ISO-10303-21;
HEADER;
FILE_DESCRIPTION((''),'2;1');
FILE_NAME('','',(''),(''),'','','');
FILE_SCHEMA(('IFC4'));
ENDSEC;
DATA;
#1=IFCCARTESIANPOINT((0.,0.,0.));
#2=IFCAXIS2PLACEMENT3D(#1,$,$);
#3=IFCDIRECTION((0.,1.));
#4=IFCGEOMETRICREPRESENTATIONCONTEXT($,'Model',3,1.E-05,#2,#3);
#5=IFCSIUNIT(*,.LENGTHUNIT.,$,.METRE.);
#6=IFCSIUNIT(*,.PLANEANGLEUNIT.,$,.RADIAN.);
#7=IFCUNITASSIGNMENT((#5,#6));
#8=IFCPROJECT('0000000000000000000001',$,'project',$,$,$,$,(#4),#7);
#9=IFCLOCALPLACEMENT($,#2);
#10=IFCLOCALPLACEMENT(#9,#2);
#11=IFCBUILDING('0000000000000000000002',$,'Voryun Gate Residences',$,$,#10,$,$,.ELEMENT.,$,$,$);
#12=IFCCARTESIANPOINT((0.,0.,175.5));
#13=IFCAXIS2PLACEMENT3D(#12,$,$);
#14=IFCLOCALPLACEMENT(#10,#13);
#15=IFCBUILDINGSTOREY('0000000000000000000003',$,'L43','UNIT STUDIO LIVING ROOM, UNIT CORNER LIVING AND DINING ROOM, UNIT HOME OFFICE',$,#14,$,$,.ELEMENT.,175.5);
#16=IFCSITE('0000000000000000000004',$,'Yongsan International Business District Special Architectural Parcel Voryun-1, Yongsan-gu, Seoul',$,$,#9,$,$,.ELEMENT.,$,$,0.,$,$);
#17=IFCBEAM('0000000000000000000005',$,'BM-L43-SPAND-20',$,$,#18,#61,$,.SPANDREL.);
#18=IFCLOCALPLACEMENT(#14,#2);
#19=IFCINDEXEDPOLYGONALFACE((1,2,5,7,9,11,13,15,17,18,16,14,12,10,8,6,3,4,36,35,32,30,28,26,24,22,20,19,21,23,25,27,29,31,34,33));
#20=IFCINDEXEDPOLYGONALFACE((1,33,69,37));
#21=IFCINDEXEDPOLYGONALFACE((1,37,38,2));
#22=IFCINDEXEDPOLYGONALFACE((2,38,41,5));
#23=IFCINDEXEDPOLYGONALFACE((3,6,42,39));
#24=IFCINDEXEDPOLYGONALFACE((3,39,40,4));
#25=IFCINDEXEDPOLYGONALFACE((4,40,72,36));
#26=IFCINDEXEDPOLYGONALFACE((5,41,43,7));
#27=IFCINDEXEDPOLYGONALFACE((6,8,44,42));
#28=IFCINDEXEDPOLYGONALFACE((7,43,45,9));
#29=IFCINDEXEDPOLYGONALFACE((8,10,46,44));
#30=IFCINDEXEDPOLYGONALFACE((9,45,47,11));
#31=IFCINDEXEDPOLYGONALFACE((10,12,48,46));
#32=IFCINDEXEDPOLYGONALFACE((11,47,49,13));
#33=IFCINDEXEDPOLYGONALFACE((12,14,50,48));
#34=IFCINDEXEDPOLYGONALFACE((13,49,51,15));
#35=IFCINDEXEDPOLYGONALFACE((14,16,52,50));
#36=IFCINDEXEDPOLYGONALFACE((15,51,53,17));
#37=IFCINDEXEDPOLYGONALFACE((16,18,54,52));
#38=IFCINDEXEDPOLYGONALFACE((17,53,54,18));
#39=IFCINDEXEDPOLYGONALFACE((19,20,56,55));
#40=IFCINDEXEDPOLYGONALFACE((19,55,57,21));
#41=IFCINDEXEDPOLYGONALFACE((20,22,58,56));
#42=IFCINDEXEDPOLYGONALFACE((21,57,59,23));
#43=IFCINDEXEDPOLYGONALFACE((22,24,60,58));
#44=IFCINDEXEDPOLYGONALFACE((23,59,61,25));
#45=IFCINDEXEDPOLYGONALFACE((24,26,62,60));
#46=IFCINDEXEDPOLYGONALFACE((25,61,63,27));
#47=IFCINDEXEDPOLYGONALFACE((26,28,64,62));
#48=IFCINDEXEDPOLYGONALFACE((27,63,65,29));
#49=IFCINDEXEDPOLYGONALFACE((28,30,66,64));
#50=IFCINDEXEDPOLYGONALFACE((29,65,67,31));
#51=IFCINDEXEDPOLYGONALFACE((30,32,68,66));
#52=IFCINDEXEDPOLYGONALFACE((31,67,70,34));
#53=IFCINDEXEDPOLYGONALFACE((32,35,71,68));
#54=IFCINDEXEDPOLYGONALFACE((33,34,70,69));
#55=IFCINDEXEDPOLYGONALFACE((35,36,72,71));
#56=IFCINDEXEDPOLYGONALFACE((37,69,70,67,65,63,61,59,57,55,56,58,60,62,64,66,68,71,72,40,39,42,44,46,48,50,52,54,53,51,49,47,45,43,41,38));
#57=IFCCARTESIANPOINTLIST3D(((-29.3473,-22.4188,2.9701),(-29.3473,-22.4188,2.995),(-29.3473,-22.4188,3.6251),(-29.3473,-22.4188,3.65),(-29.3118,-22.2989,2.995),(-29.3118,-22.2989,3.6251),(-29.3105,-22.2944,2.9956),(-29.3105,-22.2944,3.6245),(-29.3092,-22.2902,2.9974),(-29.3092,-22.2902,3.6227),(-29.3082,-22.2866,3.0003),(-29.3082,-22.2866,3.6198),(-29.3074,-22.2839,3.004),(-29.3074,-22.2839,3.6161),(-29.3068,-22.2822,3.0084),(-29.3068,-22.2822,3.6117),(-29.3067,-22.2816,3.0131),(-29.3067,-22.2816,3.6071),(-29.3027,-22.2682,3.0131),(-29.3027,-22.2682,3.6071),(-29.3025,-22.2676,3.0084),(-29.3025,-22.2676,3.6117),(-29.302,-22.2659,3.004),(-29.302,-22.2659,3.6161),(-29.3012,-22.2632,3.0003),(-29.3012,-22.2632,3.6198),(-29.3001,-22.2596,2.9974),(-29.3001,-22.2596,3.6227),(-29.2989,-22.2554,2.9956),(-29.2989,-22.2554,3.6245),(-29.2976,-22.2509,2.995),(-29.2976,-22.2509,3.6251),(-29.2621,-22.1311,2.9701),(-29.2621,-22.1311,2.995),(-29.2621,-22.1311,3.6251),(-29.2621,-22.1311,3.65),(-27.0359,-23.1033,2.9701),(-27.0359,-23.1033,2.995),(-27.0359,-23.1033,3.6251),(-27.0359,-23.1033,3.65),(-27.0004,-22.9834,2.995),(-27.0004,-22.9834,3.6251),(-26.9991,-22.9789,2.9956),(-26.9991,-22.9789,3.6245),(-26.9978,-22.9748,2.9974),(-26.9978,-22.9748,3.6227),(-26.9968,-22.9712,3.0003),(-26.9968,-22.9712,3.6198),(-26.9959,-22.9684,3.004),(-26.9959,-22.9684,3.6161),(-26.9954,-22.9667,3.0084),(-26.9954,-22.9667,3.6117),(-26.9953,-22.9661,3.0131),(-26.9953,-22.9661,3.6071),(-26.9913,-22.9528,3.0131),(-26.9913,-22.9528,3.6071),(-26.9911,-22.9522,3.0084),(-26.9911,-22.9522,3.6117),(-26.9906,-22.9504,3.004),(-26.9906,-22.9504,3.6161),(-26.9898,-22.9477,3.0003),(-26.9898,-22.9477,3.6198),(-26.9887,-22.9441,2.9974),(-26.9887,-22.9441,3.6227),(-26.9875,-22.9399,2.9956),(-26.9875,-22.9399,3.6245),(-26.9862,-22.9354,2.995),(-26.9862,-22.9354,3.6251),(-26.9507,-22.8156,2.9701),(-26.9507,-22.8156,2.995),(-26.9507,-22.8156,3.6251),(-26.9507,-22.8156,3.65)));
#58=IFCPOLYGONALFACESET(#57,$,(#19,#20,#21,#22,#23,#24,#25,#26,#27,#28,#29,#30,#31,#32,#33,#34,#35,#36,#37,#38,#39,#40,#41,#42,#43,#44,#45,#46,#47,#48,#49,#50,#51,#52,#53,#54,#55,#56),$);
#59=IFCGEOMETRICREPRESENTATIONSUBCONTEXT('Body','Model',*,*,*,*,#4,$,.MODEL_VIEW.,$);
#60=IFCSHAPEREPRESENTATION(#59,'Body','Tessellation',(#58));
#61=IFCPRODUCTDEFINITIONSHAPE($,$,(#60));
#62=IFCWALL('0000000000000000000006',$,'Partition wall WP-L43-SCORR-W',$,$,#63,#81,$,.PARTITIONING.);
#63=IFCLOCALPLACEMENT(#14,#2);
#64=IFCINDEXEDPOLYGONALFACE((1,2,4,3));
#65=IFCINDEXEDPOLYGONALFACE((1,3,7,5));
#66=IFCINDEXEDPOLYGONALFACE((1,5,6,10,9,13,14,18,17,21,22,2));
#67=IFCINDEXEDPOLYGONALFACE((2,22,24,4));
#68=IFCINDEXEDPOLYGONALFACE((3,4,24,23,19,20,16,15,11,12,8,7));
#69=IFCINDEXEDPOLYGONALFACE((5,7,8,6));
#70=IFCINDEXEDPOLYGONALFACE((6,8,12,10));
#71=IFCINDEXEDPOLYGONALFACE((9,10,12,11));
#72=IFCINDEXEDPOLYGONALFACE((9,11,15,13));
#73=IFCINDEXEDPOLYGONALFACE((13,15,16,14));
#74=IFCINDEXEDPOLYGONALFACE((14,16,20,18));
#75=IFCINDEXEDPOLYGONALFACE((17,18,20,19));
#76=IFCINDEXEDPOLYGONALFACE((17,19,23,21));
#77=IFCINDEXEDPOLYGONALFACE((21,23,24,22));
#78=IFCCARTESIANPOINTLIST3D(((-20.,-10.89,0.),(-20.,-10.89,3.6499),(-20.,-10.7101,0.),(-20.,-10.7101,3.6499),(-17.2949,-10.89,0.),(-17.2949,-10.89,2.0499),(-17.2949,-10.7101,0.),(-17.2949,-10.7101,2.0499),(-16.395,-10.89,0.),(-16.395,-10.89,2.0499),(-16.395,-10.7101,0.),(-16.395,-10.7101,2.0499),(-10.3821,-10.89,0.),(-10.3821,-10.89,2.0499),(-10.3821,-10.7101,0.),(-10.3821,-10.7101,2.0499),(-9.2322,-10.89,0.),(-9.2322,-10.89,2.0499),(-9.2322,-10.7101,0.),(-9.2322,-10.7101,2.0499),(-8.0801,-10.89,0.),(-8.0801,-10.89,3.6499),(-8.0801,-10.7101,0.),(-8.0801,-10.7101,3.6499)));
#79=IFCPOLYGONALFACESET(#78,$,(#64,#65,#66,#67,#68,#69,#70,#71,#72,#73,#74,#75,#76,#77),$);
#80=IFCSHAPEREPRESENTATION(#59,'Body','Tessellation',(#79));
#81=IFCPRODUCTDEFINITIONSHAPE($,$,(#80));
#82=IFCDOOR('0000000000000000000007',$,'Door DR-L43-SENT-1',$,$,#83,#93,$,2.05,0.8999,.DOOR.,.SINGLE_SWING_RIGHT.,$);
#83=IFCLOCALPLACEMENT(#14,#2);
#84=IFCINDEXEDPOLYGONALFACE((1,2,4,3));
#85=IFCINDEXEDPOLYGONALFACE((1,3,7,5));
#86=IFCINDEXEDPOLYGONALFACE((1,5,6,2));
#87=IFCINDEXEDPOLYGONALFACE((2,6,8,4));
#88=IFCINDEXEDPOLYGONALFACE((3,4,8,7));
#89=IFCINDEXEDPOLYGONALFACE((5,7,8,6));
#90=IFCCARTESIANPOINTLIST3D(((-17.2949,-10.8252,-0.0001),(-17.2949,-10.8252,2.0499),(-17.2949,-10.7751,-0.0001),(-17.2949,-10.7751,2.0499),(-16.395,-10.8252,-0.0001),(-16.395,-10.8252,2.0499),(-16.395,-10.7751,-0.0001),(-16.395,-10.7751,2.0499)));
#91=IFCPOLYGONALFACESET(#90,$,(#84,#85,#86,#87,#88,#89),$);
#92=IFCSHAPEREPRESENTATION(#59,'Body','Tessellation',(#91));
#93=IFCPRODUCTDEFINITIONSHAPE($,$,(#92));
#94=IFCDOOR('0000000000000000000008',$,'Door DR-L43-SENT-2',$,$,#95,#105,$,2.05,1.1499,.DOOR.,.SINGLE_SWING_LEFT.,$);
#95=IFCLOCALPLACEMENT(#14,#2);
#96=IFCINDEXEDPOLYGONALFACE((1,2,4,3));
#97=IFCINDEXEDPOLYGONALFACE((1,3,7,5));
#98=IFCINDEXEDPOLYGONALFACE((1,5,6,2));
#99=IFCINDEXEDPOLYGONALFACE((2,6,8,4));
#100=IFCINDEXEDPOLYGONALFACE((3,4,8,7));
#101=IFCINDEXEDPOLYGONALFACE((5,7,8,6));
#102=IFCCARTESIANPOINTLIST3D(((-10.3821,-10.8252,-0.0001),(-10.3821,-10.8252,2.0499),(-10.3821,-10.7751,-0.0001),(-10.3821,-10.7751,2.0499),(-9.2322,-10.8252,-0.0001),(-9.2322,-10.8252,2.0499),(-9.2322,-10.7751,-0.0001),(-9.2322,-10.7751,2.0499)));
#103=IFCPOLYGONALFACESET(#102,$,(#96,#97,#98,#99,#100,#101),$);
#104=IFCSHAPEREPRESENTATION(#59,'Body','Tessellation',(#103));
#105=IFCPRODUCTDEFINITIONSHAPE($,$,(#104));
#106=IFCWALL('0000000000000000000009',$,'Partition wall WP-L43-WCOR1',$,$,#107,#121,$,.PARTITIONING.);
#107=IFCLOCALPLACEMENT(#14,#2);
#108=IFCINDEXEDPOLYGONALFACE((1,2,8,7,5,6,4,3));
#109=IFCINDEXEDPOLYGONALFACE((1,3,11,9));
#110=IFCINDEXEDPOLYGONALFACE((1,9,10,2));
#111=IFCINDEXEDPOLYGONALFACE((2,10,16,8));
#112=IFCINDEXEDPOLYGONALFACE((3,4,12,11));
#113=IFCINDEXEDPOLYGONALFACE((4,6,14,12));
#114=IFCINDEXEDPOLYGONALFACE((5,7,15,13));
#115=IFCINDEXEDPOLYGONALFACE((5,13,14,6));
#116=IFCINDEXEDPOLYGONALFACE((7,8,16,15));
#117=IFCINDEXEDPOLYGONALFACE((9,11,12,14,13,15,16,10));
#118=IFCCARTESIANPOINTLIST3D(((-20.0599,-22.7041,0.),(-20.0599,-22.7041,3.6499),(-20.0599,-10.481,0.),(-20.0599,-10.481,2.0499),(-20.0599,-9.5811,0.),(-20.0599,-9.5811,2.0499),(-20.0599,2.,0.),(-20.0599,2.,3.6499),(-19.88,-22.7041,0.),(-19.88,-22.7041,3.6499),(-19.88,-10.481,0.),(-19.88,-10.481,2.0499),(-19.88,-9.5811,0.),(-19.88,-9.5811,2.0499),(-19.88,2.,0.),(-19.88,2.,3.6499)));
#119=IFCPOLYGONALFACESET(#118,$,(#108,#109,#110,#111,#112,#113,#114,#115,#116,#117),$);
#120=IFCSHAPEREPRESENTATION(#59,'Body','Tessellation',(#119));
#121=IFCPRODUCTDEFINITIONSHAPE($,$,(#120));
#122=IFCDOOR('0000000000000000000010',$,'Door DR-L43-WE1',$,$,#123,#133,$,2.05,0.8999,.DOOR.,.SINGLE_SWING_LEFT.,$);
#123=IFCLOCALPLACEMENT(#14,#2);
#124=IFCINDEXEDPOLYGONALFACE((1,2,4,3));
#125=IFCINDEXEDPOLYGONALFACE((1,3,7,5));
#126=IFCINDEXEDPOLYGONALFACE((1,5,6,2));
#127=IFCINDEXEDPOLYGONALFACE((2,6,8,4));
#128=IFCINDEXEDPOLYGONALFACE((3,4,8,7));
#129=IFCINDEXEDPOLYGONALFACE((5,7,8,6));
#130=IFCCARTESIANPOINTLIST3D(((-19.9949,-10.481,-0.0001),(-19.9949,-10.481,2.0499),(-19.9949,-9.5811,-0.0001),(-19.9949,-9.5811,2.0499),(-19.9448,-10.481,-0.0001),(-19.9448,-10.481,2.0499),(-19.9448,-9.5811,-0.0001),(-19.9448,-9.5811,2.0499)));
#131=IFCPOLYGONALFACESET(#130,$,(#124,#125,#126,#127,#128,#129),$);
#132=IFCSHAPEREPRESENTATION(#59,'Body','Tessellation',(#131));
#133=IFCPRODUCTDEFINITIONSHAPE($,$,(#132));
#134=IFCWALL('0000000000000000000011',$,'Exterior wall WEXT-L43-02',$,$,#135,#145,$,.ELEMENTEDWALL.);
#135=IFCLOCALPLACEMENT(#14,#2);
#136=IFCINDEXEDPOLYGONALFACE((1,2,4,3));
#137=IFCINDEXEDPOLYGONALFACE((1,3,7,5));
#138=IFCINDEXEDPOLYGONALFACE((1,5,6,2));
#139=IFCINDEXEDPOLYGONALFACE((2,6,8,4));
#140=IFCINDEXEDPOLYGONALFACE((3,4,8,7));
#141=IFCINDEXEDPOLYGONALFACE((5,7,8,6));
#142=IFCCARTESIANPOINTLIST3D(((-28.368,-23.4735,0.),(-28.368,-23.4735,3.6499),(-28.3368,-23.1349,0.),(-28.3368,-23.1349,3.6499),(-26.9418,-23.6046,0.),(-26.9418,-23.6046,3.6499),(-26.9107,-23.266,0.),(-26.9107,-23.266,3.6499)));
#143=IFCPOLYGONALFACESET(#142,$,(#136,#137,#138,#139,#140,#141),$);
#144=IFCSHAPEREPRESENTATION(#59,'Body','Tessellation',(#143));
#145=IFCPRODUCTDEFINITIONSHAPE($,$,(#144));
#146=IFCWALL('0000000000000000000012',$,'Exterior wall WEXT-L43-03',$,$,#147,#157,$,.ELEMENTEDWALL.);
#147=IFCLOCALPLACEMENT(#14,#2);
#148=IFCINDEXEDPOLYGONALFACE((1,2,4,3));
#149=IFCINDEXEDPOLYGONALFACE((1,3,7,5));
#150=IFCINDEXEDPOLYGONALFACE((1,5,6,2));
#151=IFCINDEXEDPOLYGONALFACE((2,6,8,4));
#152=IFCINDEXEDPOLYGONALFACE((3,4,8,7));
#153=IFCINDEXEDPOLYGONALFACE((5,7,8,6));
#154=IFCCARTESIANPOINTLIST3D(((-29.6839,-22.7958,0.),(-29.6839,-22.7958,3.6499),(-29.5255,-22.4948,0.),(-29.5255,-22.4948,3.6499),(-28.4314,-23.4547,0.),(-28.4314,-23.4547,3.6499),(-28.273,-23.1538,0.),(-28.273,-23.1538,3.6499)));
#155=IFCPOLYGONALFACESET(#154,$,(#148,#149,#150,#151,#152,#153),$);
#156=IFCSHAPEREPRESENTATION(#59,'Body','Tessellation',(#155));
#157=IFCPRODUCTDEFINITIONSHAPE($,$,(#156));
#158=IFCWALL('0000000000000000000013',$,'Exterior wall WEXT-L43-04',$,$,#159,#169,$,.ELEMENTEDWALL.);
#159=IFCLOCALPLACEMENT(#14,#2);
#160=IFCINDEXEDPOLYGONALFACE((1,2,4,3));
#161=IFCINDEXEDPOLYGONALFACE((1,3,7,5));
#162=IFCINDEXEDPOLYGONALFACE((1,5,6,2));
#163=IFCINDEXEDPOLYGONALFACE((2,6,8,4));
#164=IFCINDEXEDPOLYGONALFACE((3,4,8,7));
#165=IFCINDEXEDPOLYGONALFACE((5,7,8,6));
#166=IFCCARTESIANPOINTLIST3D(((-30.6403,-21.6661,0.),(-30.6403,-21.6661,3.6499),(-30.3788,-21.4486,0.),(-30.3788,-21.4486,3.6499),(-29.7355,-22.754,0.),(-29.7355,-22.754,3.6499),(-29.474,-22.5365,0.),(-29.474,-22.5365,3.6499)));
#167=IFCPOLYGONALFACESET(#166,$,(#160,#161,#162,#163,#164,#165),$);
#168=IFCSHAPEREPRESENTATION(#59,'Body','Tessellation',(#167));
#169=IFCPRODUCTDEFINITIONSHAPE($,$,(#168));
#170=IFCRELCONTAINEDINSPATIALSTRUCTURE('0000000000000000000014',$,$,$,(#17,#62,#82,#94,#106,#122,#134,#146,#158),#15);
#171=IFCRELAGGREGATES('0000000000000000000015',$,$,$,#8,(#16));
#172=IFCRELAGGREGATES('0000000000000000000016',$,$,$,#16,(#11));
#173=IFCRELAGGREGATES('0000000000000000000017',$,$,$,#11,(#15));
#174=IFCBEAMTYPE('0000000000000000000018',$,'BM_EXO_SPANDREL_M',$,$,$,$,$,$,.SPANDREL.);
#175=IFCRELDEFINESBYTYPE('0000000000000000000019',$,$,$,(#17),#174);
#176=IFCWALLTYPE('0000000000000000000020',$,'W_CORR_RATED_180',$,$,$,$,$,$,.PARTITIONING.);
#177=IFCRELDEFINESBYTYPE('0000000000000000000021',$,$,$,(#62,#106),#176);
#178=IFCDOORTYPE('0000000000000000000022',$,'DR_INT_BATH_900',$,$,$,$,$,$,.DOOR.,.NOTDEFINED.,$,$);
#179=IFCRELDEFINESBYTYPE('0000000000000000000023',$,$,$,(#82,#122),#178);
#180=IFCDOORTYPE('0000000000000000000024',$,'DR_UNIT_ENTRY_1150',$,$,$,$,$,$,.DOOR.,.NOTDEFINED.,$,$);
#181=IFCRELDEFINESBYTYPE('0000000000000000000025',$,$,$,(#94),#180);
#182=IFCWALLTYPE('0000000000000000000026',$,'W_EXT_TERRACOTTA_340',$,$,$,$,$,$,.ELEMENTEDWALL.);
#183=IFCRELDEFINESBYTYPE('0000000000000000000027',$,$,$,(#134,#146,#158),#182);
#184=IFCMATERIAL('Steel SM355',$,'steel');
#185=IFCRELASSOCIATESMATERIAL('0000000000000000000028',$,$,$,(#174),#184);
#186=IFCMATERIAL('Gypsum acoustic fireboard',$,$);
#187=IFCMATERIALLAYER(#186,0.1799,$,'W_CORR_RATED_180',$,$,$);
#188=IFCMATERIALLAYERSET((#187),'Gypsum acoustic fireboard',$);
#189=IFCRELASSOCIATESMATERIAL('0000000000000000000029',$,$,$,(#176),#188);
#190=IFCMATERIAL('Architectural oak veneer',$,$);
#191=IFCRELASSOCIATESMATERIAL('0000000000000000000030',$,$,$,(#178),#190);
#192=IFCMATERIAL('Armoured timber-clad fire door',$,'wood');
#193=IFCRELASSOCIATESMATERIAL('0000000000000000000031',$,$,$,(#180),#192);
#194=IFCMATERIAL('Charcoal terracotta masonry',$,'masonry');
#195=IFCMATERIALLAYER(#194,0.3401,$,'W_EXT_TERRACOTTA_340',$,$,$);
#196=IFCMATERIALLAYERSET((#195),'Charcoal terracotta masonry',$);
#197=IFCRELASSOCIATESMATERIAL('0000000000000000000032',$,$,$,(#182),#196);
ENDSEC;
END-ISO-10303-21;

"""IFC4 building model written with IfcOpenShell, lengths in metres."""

from ifc_helpers import new_model, si_unit, direction, frame, frame_2d, origin, origin_2d, place, context, subcontext, project, spatial, rectangle, i_section, extrude, material, layer, layer_set, material_profile, profile_set, type_object, element, fill, save


model = new_model("IFC4")

# Units and contexts
model_context = context("Model", 3, precision=1e-05, world=origin(), true_north=direction((0.0, 1.0)))
body_context = subcontext(model_context, "Body", "Model", "MODEL_VIEW")
ifc_project = project(units=[si_unit("LENGTHUNIT", "METRE"), si_unit("PLANEANGLEUNIT", "RADIAN")], contexts=[model_context])

# Site, building, storey
site_placement = place(None, origin())
site = spatial("IfcSite", under=ifc_project, at=site_placement, Name="Yongsan International Business District Special Architectural Parcel Voryun-1, Yongsan-gu, Seoul", CompositionType="ELEMENT", RefElevation=0.0)
building_placement = place(site_placement, origin())
building = spatial("IfcBuilding", under=site, at=building_placement, Name="Voryun Gate Residences", CompositionType="ELEMENT")
storey_placement = place(building_placement, frame((0.0, 0.0, 175.5)))
storey = spatial("IfcBuildingStorey", under=building, at=storey_placement, Name="L43", Description="UNIT STUDIO LIVING ROOM, UNIT CORNER LIVING AND DINING ROOM, UNIT HOME OFFICE", CompositionType="ELEMENT", Elevation=175.5)

# Beam
ifc_material_1 = material(Name="Steel SM355", Category="steel")
ifc_material_profile_1 = material_profile(ifc_material_1, i_section(OverallWidth=0.3, OverallDepth=0.6799, WebThickness=0.0139, FlangeThickness=0.0249, FilletRadius=0.0181, at=origin_2d()), Name="H-680x300x14x25")
ifc_profile_set_1 = profile_set([ifc_material_profile_1], Name="Steel SM355")
beam_type = type_object("IfcBeamType", Name="BM_EXO_SPANDREL_M", PredefinedType="SPANDREL", material=ifc_profile_set_1)
beam_1_placement = place(storey_placement, frame((-29.3047, -22.2749, 3.3101), z_axis=(0.958835, -0.283964, 0.0), x_axis=(0.283964, 0.958835, 0.0)))
element("IfcBeam", 1, at=beam_1_placement, inside=storey, type_object=beam_type, Name="BM-L43-SPAND-20", PredefinedType="SPANDREL", context=body_context, shape_type="SweptSolid", body=[
    extrude(i_section(OverallWidth=0.3, OverallDepth=0.6799, WebThickness=0.0139, FlangeThickness=0.0249, FilletRadius=0.0181, at=origin_2d()), origin(), (0.0, 0.0, 1.0), 2.4106),
])

# Wall, openings, doors
ifc_material_2 = material(Name="Gypsum acoustic fireboard")
ifc_layer_1 = layer(ifc_material_2, 0.1799, Name="W_CORR_RATED_180")
ifc_layer_set_1 = layer_set([ifc_layer_1], Name="Gypsum acoustic fireboard")
wall_type_1 = type_object("IfcWallType", Name="W_CORR_RATED_180", PredefinedType="PARTITIONING", material=ifc_layer_set_1)
wall_1_placement = place(storey_placement, frame((-20.0, -10.8, 0.0), z_axis=(0.0, 0.0, 1.0), x_axis=(1.0, 0.0, 0.0)))
wall_1 = element("IfcWall", 2, at=wall_1_placement, inside=storey, type_object=wall_type_1, Name="Partition wall WP-L43-SCORR-W", PredefinedType="PARTITIONING", context=body_context, shape_type="SweptSolid", body=[
    extrude(rectangle(XDim=11.9199, YDim=0.1799, at=frame_2d((5.96, 0.0))), origin(), (0.0, 0.0, 1.0), 3.6499),
])
opening_1_placement = place(wall_1_placement, frame((2.7051, 0.0, 0.0)))
opening_1 = element("IfcOpeningElement", 3, at=opening_1_placement, cuts=wall_1, PredefinedType="OPENING", context=body_context, shape_type="SweptSolid", body=[
    extrude(rectangle(XDim=0.8999, YDim=2.05, at=frame_2d((0.45, 1.0249))), frame((0.0, 0.0999, 0.0), z_axis=(0.0, -1.0, 0.0), x_axis=(1.0, 0.0, 0.0)), (0.0, 0.0, 1.0), 0.2),
])
opening_2_placement = place(wall_1_placement, frame((9.6179, 0.0, 0.0)))
opening_2 = element("IfcOpeningElement", 4, at=opening_2_placement, cuts=wall_1, PredefinedType="OPENING", context=body_context, shape_type="SweptSolid", body=[
    extrude(rectangle(XDim=1.1499, YDim=2.05, at=frame_2d((0.575, 1.0249))), frame((0.0, 0.0999, 0.0), z_axis=(0.0, -1.0, 0.0), x_axis=(1.0, 0.0, 0.0)), (0.0, 0.0, 1.0), 0.2),
])
ifc_material_3 = material(Name="Architectural oak veneer")
door_type_1 = type_object("IfcDoorType", Name="DR_INT_BATH_900", OperationType="NOTDEFINED", PredefinedType="DOOR", material=ifc_material_3)
door_1_placement = place(opening_1_placement, origin())
door_1 = element("IfcDoor", 5, at=door_1_placement, inside=storey, type_object=door_type_1, Name="Door DR-L43-SENT-1", OperationType="SINGLE_SWING_RIGHT", OverallHeight=2.05, OverallWidth=0.8999, PredefinedType="DOOR", context=body_context, shape_type="SweptSolid", body=[
    extrude(rectangle(XDim=0.8999, YDim=2.05, at=frame_2d((0.45, 1.0249))), frame((0.0, 0.0249, 0.0), z_axis=(0.0, -1.0, 0.0), x_axis=(1.0, 0.0, 0.0)), (0.0, 0.0, 1.0), 0.05),
])
fill(opening_1, door_1)
ifc_material_4 = material(Name="Armoured timber-clad fire door", Category="wood")
door_type_2 = type_object("IfcDoorType", Name="DR_UNIT_ENTRY_1150", OperationType="NOTDEFINED", PredefinedType="DOOR", material=ifc_material_4)
door_2_placement = place(opening_2_placement, origin())
door_2 = element("IfcDoor", 6, at=door_2_placement, inside=storey, type_object=door_type_2, Name="Door DR-L43-SENT-2", OperationType="SINGLE_SWING_LEFT", OverallHeight=2.05, OverallWidth=1.1499, PredefinedType="DOOR", context=body_context, shape_type="SweptSolid", body=[
    extrude(rectangle(XDim=1.1499, YDim=2.05, at=frame_2d((0.575, 1.0249))), frame((0.0, 0.0249, 0.0), z_axis=(0.0, -1.0, 0.0), x_axis=(1.0, 0.0, 0.0)), (0.0, 0.0, 1.0), 0.05),
])
fill(opening_2, door_2)

# Wall, opening, door
wall_2_placement = place(storey_placement, frame((-19.97, -22.7041, 0.0), z_axis=(0.0, 0.0, 1.0), x_axis=(0.0, 1.0, 0.0)))
wall_2 = element("IfcWall", 7, at=wall_2_placement, inside=storey, type_object=wall_type_1, Name="Partition wall WP-L43-WCOR1", PredefinedType="PARTITIONING", context=body_context, shape_type="SweptSolid", body=[
    extrude(rectangle(XDim=24.7041, YDim=0.1799, at=frame_2d((12.3521, 0.0))), origin(), (0.0, 0.0, 1.0), 3.6499),
])
opening_3_placement = place(wall_2_placement, frame((12.2231, 0.0, 0.0)))
opening_3 = element("IfcOpeningElement", 8, at=opening_3_placement, cuts=wall_2, PredefinedType="OPENING", context=body_context, shape_type="SweptSolid", body=[
    extrude(rectangle(XDim=0.8999, YDim=2.05, at=frame_2d((0.45, 1.0249))), frame((0.0, 0.0999, 0.0), z_axis=(0.0, -1.0, 0.0), x_axis=(1.0, 0.0, 0.0)), (0.0, 0.0, 1.0), 0.2),
])
door_3_placement = place(opening_3_placement, origin())
door_3 = element("IfcDoor", 9, at=door_3_placement, inside=storey, type_object=door_type_1, Name="Door DR-L43-WE1", OperationType="SINGLE_SWING_LEFT", OverallHeight=2.05, OverallWidth=0.8999, PredefinedType="DOOR", context=body_context, shape_type="SweptSolid", body=[
    extrude(rectangle(XDim=0.8999, YDim=2.05, at=frame_2d((0.45, 1.0249))), frame((0.0, 0.0249, 0.0), z_axis=(0.0, -1.0, 0.0), x_axis=(1.0, 0.0, 0.0)), (0.0, 0.0, 1.0), 0.05),
])
fill(opening_3, door_3)

# Walls
ifc_material_5 = material(Name="Charcoal terracotta masonry", Category="masonry")
ifc_layer_2 = layer(ifc_material_5, 0.3401, Name="W_EXT_TERRACOTTA_340")
ifc_layer_set_2 = layer_set([ifc_layer_2], Name="Charcoal terracotta masonry")
wall_type_2 = type_object("IfcWallType", Name="W_EXT_TERRACOTTA_340", PredefinedType="ELEMENTEDWALL", material=ifc_layer_set_2)
wall_3_placement = place(storey_placement, frame((-26.9263, -23.4353, 0.0), z_axis=(0.0, 0.0, 1.0), x_axis=(-0.9958, 0.09155, 0.0)))
element("IfcWall", 10, at=wall_3_placement, inside=storey, type_object=wall_type_2, Name="Exterior wall WEXT-L43-02", PredefinedType="ELEMENTEDWALL", context=body_context, shape_type="SweptSolid", body=[
    extrude(rectangle(XDim=1.4321, YDim=0.3401, at=frame_2d((0.7161, 0.0))), origin(), (0.0, 0.0, 1.0), 3.6499),
])
wall_4_placement = place(storey_placement, frame((-28.3523, -23.3042, 0.0), z_axis=(0.0, 0.0, 1.0), x_axis=(-0.884989, 0.465611, 0.0)))
element("IfcWall", 11, at=wall_4_placement, inside=storey, type_object=wall_type_2, Name="Exterior wall WEXT-L43-03", PredefinedType="ELEMENTEDWALL", context=body_context, shape_type="SweptSolid", body=[
    extrude(rectangle(XDim=1.4153, YDim=0.3401, at=frame_2d((0.7075, 0.0))), origin(), (0.0, 0.0, 1.0), 3.6499),
])
wall_5_placement = place(storey_placement, frame((-29.6047, -22.6453, 0.0), z_axis=(0.0, 0.0, 1.0), x_axis=(-0.639437, 0.768843, 0.0)))
element("IfcWall", 12, at=wall_5_placement, inside=storey, type_object=wall_type_2, Name="Exterior wall WEXT-L43-04", PredefinedType="ELEMENTEDWALL", context=body_context, shape_type="SweptSolid", body=[
    extrude(rectangle(XDim=1.415, YDim=0.3401, at=frame_2d((0.7075, 0.0))), origin(), (0.0, 0.0, 1.0), 3.6499),
])

save(model, "model.ifc")
